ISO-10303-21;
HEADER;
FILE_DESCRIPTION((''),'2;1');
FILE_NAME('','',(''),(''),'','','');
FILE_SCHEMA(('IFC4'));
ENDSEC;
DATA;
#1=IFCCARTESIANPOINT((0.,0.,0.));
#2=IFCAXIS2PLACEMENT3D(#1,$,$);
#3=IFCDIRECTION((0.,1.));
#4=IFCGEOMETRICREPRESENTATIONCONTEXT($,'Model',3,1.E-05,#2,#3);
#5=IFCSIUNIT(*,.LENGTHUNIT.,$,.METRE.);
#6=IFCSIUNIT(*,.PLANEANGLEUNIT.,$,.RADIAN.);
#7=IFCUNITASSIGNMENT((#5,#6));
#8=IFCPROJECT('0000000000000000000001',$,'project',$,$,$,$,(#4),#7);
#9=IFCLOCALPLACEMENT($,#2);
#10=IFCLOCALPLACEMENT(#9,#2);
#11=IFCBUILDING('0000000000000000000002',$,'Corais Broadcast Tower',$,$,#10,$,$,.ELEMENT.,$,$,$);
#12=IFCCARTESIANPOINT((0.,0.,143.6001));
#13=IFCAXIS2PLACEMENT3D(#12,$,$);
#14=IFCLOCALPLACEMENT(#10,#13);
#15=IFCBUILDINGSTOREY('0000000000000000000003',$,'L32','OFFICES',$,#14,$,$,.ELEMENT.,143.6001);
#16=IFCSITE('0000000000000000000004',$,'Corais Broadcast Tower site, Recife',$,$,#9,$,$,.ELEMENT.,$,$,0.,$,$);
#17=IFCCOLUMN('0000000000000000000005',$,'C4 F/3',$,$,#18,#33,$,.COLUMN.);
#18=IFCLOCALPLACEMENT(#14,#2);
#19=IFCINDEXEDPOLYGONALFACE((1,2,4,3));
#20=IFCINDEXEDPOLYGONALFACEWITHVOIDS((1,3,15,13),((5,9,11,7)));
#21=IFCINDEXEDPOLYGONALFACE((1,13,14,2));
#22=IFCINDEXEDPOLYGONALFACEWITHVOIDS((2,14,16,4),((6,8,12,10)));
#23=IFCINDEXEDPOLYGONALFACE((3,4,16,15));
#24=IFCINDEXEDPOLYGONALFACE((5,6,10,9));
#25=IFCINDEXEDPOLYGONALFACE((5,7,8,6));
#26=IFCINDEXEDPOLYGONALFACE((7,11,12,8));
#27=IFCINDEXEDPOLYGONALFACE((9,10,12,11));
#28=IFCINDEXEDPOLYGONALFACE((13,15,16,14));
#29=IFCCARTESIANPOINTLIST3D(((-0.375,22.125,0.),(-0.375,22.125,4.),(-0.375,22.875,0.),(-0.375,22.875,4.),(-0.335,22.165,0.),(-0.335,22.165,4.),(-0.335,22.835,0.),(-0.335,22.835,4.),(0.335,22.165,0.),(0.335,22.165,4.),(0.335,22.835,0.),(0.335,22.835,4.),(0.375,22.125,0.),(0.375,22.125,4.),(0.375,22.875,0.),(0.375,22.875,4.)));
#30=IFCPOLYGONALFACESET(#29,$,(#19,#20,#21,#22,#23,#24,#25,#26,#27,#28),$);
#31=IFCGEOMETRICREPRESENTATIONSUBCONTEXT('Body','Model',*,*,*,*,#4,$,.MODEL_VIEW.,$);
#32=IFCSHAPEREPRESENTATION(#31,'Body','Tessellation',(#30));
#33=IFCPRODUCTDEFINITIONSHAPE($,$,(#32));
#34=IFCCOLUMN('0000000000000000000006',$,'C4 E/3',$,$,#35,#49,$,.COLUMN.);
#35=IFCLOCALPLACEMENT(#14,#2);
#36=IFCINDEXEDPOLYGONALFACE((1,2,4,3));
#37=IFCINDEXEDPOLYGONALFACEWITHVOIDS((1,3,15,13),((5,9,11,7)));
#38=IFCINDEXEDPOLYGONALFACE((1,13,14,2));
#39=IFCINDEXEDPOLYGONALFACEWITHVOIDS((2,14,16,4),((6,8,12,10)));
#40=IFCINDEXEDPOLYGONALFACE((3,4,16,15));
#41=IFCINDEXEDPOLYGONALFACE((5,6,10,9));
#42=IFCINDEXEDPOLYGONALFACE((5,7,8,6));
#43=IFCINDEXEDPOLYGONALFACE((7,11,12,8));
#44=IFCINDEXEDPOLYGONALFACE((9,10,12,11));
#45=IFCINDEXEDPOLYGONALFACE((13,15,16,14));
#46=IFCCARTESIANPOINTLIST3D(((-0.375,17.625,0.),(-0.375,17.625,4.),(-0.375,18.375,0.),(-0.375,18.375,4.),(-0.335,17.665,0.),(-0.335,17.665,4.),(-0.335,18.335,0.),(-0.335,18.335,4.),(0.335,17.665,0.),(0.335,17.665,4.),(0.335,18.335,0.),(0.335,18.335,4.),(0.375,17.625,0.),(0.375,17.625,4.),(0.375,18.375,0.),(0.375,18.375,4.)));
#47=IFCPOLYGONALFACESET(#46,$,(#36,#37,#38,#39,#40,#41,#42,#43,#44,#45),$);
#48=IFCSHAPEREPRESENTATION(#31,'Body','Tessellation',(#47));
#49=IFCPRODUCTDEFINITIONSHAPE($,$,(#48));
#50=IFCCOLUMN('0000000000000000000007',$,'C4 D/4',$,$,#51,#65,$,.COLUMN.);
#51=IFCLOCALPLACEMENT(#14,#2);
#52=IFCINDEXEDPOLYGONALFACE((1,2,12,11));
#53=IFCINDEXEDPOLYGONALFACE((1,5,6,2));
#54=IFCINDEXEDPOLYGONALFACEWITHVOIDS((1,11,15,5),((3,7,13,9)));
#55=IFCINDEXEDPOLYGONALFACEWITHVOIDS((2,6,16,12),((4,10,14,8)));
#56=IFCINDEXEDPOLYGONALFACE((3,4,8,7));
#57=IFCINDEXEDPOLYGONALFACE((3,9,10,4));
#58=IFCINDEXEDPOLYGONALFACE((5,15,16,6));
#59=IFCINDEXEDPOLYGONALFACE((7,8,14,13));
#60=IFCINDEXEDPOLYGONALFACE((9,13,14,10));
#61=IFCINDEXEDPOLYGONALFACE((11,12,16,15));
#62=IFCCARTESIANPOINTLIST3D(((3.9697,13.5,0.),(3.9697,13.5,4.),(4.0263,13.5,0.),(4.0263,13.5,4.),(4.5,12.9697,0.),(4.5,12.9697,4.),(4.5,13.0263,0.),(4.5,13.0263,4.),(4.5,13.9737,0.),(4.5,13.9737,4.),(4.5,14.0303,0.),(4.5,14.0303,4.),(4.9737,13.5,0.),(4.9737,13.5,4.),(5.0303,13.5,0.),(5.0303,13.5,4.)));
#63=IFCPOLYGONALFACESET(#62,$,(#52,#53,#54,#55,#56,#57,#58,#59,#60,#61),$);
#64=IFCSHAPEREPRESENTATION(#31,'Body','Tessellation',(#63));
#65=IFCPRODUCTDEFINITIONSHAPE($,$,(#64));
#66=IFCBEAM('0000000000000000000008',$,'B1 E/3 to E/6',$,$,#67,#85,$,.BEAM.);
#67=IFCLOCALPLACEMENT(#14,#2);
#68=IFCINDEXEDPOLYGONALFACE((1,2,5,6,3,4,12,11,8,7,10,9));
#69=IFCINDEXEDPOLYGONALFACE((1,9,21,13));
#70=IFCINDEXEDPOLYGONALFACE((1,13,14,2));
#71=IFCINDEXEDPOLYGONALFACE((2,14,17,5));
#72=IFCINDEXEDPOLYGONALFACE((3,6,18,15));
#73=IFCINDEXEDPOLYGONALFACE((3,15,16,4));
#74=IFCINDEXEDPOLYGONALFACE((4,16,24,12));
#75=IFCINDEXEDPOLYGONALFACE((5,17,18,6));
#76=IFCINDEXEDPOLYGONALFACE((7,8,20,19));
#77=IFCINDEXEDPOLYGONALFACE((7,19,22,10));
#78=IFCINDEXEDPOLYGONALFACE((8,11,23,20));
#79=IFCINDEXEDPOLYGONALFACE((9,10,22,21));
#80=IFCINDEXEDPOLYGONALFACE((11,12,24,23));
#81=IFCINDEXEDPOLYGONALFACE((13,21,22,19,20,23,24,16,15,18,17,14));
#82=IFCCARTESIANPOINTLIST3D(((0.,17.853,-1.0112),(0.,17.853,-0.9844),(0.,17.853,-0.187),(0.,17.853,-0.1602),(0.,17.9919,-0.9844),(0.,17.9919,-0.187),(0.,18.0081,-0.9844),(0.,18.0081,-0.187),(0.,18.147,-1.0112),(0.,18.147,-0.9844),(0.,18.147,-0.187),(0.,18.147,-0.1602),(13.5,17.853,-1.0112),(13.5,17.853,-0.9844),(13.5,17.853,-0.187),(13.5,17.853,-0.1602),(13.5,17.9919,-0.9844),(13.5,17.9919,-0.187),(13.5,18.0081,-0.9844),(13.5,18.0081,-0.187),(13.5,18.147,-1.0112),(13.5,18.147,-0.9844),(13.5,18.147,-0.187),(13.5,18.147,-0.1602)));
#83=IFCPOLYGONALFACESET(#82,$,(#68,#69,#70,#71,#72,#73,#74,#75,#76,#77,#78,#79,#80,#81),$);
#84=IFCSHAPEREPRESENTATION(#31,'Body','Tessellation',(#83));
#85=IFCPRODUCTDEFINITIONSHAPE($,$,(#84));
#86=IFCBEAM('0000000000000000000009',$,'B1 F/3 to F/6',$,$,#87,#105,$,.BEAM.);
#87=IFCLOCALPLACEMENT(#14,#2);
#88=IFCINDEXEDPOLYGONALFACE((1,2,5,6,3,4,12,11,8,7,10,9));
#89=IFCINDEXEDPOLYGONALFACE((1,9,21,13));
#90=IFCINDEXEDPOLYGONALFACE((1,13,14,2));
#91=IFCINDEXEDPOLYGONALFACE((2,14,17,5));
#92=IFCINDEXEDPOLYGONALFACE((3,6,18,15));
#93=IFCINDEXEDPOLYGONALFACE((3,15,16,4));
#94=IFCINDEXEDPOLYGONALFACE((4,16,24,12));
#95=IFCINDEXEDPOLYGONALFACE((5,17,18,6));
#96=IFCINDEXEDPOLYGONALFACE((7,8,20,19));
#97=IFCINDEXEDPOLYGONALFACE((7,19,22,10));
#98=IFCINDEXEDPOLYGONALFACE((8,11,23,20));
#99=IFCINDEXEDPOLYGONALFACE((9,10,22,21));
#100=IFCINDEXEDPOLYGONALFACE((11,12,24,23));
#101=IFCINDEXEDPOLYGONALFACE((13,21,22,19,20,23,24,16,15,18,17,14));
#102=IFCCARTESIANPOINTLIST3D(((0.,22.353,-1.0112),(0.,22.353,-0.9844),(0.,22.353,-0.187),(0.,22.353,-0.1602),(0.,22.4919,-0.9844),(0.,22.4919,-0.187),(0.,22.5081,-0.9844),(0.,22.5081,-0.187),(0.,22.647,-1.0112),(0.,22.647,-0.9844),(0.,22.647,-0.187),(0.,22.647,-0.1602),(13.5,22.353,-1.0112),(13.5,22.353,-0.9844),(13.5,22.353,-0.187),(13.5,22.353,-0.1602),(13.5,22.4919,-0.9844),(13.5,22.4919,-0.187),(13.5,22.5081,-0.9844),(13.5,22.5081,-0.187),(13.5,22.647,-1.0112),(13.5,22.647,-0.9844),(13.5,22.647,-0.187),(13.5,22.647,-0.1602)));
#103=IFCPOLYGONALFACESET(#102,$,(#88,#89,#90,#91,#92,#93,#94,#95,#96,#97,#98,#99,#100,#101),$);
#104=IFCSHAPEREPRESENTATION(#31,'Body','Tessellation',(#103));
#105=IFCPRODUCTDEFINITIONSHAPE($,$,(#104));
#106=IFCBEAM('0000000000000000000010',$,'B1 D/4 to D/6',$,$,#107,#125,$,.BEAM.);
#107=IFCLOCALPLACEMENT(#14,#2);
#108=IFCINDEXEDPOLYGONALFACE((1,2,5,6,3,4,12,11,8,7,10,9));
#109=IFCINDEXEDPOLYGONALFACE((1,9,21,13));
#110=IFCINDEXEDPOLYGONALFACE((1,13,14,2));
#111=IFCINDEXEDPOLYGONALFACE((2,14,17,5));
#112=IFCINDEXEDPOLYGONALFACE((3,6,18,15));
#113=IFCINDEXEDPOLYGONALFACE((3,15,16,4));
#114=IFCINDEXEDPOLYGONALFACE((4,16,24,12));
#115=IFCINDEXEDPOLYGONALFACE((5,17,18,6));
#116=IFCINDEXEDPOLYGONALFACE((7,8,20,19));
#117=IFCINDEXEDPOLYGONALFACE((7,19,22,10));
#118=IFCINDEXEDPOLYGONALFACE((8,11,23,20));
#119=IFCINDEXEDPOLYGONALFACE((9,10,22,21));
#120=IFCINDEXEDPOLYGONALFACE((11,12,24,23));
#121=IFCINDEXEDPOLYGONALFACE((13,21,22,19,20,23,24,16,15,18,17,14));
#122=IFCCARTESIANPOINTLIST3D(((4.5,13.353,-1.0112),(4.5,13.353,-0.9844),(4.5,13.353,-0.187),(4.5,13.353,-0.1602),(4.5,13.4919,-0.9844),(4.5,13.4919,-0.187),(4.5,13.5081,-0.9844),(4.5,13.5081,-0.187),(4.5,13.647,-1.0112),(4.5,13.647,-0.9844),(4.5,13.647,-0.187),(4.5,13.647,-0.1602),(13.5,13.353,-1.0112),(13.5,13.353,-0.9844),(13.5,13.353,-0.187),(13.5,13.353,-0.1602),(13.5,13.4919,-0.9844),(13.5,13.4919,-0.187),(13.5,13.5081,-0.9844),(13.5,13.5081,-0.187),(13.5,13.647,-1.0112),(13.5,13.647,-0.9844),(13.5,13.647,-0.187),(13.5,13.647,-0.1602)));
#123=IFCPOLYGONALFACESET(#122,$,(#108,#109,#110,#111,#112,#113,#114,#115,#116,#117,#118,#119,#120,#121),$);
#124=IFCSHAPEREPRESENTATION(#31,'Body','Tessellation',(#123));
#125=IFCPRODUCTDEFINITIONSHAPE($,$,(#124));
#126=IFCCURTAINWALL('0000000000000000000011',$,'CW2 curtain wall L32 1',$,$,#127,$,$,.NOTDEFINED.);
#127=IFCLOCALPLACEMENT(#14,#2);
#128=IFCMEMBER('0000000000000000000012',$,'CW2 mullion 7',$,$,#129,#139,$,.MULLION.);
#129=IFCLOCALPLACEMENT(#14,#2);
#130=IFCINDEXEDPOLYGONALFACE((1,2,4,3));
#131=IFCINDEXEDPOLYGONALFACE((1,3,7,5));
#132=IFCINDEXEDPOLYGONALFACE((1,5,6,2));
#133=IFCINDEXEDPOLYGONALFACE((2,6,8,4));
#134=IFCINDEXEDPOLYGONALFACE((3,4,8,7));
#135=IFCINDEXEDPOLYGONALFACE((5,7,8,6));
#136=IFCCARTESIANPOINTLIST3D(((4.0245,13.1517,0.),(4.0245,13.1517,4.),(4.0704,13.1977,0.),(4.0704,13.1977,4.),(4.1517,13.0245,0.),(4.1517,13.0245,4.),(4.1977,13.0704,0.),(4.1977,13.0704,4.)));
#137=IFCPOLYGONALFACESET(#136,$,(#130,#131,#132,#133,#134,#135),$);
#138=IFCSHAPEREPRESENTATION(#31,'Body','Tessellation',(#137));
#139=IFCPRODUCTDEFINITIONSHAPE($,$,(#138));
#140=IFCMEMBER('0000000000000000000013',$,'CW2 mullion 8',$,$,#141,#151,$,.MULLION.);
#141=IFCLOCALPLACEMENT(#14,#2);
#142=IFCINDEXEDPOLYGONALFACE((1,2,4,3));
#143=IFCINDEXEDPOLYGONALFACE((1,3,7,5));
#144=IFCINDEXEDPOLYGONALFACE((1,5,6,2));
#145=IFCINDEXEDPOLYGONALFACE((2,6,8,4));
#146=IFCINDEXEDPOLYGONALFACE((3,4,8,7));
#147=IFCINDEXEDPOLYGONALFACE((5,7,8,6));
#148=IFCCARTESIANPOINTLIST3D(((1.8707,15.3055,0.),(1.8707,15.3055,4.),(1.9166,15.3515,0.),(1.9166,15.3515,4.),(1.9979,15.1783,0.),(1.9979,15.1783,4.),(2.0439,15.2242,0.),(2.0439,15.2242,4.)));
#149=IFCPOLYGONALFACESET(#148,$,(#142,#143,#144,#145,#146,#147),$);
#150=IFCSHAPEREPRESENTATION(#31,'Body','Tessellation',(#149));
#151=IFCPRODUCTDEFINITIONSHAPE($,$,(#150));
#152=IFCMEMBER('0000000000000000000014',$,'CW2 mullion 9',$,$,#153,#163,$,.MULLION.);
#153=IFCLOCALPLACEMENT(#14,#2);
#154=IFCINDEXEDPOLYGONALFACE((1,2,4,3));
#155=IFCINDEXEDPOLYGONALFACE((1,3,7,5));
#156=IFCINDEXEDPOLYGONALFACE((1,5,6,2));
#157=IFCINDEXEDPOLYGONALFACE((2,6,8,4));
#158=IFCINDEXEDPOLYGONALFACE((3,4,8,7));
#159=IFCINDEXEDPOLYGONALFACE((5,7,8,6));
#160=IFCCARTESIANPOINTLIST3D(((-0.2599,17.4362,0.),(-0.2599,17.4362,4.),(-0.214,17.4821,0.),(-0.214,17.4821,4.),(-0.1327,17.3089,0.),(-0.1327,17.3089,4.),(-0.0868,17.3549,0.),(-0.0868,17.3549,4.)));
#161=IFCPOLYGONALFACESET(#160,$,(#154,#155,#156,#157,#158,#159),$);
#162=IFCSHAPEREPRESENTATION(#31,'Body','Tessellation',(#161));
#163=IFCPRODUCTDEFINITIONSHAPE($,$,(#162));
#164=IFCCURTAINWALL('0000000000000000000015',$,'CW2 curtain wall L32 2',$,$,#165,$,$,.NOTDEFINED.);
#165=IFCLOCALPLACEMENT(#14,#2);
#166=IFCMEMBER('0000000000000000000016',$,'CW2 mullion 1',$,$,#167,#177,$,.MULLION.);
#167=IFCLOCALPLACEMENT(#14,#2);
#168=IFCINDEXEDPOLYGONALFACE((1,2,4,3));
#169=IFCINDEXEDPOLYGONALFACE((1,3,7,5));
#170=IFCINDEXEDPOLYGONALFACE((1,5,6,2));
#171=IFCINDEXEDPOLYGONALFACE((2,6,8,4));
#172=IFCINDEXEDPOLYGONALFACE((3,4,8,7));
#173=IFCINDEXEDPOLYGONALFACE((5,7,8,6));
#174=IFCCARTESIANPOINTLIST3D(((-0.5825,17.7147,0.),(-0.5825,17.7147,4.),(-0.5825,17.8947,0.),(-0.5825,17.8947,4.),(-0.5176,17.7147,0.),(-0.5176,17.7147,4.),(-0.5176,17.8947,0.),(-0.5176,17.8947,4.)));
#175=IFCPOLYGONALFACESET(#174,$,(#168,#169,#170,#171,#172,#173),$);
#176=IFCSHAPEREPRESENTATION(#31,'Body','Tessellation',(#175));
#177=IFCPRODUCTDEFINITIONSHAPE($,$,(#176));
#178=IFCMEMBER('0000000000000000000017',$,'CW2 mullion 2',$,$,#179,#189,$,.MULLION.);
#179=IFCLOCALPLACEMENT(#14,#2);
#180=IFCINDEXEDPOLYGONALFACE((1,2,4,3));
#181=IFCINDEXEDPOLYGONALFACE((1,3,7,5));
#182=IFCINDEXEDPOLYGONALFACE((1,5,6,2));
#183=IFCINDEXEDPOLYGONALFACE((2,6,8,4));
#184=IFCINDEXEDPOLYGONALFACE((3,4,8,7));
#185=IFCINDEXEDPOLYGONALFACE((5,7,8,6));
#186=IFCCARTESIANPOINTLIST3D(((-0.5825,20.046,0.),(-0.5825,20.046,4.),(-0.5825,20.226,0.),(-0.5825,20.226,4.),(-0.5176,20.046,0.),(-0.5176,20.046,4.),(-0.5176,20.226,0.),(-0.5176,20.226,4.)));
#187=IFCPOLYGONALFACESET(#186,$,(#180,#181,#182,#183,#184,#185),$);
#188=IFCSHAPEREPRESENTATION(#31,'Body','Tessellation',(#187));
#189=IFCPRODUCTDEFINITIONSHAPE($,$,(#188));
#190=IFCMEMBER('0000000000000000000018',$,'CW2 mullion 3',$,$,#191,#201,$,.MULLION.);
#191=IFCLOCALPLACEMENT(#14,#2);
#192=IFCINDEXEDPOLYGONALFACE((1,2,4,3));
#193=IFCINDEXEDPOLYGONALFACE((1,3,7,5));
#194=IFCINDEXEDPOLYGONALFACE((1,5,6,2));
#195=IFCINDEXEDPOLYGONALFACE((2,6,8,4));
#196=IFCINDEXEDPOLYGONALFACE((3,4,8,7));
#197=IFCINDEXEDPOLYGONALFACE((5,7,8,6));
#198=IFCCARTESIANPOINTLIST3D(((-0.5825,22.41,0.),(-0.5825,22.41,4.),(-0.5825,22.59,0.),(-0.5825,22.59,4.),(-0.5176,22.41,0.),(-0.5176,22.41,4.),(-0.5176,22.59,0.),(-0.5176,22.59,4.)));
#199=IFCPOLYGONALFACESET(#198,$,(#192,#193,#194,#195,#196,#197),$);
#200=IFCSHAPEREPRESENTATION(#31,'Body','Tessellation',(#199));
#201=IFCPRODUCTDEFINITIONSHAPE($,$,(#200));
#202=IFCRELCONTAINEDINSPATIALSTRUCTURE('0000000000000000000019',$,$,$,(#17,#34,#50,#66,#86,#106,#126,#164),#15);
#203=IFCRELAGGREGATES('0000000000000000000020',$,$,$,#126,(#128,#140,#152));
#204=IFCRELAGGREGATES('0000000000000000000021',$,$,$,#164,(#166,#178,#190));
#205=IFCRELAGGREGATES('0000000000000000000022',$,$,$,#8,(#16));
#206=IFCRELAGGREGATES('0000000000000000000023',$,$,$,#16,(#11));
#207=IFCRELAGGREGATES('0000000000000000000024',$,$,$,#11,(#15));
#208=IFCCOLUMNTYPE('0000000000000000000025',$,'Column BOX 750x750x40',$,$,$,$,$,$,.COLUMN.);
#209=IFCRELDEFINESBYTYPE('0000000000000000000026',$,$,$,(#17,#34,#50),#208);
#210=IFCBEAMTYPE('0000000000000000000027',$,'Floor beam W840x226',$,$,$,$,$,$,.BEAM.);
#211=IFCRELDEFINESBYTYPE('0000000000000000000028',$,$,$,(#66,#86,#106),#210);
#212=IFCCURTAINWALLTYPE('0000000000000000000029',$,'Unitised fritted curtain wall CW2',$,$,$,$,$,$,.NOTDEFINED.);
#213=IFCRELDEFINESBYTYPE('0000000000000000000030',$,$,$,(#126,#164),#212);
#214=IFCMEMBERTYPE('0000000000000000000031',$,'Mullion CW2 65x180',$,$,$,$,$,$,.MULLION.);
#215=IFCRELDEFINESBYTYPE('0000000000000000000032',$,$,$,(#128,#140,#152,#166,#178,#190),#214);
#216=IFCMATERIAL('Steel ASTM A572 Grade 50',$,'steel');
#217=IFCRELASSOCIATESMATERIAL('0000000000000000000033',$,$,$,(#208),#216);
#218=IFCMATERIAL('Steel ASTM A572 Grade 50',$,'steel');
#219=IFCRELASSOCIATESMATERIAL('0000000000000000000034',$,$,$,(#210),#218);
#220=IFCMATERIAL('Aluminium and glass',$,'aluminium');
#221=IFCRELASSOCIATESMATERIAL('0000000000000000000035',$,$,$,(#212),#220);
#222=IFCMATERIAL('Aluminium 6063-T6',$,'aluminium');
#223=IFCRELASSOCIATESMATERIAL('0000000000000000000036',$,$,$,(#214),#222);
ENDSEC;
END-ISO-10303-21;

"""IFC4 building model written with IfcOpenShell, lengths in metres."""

from ifc_helpers import new_model, si_unit, direction, frame, origin, origin_2d, place, context, subcontext, project, spatial, rectangle, hollow_rectangle, i_section, extrude, material, material_profile, profile_set, type_object, element, aggregate, save


model = new_model("IFC4")

# Units and contexts
model_context = context("Model", 3, precision=1e-05, world=origin(), true_north=direction((0.0, 1.0)))
body_context = subcontext(model_context, "Body", "Model", "MODEL_VIEW")
ifc_project = project(units=[si_unit("LENGTHUNIT", "METRE"), si_unit("PLANEANGLEUNIT", "RADIAN")], contexts=[model_context])

# Site, building, storey
site_placement = place(None, origin())
site = spatial("IfcSite", under=ifc_project, at=site_placement, Name="Corais Broadcast Tower site, Recife", CompositionType="ELEMENT", RefElevation=0.0)
building_placement = place(site_placement, origin())
building = spatial("IfcBuilding", under=site, at=building_placement, Name="Corais Broadcast Tower", CompositionType="ELEMENT")
storey_placement = place(building_placement, frame((0.0, 0.0, 143.6001)))
storey = spatial("IfcBuildingStorey", under=building, at=storey_placement, Name="L32", Description="OFFICES", CompositionType="ELEMENT", Elevation=143.6001)

# Columns
ifc_material_1 = material(Name="Steel ASTM A572 Grade 50", Category="steel")
ifc_material_profile_1 = material_profile(ifc_material_1, hollow_rectangle(XDim=0.75, YDim=0.75, WallThickness=0.04, at=origin_2d()), Name="BOX 750x750x40")
ifc_profile_set_1 = profile_set([ifc_material_profile_1], Name="Steel ASTM A572 Grade 50")
column_type = type_object("IfcColumnType", Name="Column BOX 750x750x40", PredefinedType="COLUMN", material=ifc_profile_set_1)
for number, where, z_axis, x_axis, name in (
    (1, (0.0, 22.5, 0.0), (0.0, 0.0, 1.0), (1.0, 0.0, 0.0), "C4 F/3"),
    (2, (0.0, 18.0, 0.0), (0.0, 0.0, 1.0), (1.0, 0.0, 0.0), "C4 E/3"),
    (3, (4.5, 13.5, 0.0), (0.0, 0.0, 1.0), (0.707107, 0.707107, 0.0), "C4 D/4"),
):
    element("IfcColumn", number, at=place(storey_placement, frame(where, z_axis=z_axis, x_axis=x_axis)), inside=storey, type_object=column_type, Name=name, PredefinedType="COLUMN", context=body_context, shape_type="SweptSolid", body=[
        extrude(hollow_rectangle(XDim=0.75, YDim=0.75, WallThickness=0.04, at=origin_2d()), origin(), (0.0, 0.0, 1.0), 4.0),
    ])

# Beams
ifc_material_2 = material(Name="Steel ASTM A572 Grade 50", Category="steel")
ifc_material_profile_2 = material_profile(ifc_material_2, i_section(OverallWidth=0.2939, OverallDepth=0.8511, WebThickness=0.0161, FlangeThickness=0.0269, at=origin_2d()), Name="W840x226")
ifc_profile_set_2 = profile_set([ifc_material_profile_2], Name="Steel ASTM A572 Grade 50")
beam_type_1 = type_object("IfcBeamType", Name="Floor beam W840x226", PredefinedType="BEAM", material=ifc_profile_set_2)
for number, where, z_axis, x_axis, name in (
    (4, (0.0, 18.0, -0.5857), (1.0, 0.0, 0.0), (0.0, 1.0, 0.0), "B1 E/3 to E/6"),
    (5, (0.0, 22.5, -0.5857), (1.0, 0.0, 0.0), (0.0, 1.0, 0.0), "B1 F/3 to F/6"),
):
    element("IfcBeam", number, at=place(storey_placement, frame(where, z_axis=z_axis, x_axis=x_axis)), inside=storey, type_object=beam_type_1, Name=name, PredefinedType="BEAM", context=body_context, shape_type="SweptSolid", body=[
        extrude(i_section(OverallWidth=0.2939, OverallDepth=0.8511, WebThickness=0.0161, FlangeThickness=0.0269, at=origin_2d()), origin(), (0.0, 0.0, 1.0), 13.5),
    ])
beam_1_placement = place(storey_placement, frame((4.5, 13.5, -0.5857), z_axis=(1.0, 0.0, 0.0), x_axis=(0.0, 1.0, 0.0)))
element("IfcBeam", 6, at=beam_1_placement, inside=storey, type_object=beam_type_1, Name="B1 D/4 to D/6", PredefinedType="BEAM", context=body_context, shape_type="SweptSolid", body=[
    extrude(i_section(OverallWidth=0.2939, OverallDepth=0.8511, WebThickness=0.0161, FlangeThickness=0.0269, at=origin_2d()), origin(), (0.0, 0.0, 1.0), 9.0),
])

# Curtain walls, members
ifc_material_3 = material(Name="Aluminium and glass", Category="aluminium")
curtain_wall_type = type_object("IfcCurtainWallType", Name="Unitised fritted curtain wall CW2", PredefinedType="NOTDEFINED", material=ifc_material_3)
curtain_wall_1_placement = place(storey_placement, origin())
curtain_wall_1 = element("IfcCurtainWall", 7, at=curtain_wall_1_placement, inside=storey, type_object=curtain_wall_type, Name="CW2 curtain wall L32 1", PredefinedType="NOTDEFINED")
ifc_material_4 = material(Name="Aluminium 6063-T6", Category="aluminium")
ifc_material_profile_3 = material_profile(ifc_material_4, rectangle(XDim=0.0649, YDim=0.1799, at=origin_2d()), Name="Mullion CW2 65x180")
ifc_profile_set_3 = profile_set([ifc_material_profile_3], Name="Aluminium 6063-T6")
member_type_1 = type_object("IfcMemberType", Name="Mullion CW2 65x180", PredefinedType="MULLION", material=ifc_profile_set_3)
member_1_placement = place(storey_placement, frame((4.1111, 13.1111, 0.0), z_axis=(0.0, 0.0, 1.0), x_axis=(-0.707107, -0.707107, 0.0)))
member_1 = element("IfcMember", 8, at=member_1_placement, type_object=member_type_1, Name="CW2 mullion 7", PredefinedType="MULLION", context=body_context, shape_type="SweptSolid", body=[
    extrude(rectangle(XDim=0.0649, YDim=0.1799, at=origin_2d()), origin(), (0.0, 0.0, 1.0), 4.0),
])
member_2_placement = place(storey_placement, frame((1.9573, 15.2649, 0.0), z_axis=(0.0, 0.0, 1.0), x_axis=(-0.707107, -0.707107, 0.0)))
member_2 = element("IfcMember", 9, at=member_2_placement, type_object=member_type_1, Name="CW2 mullion 8", PredefinedType="MULLION", context=body_context, shape_type="SweptSolid", body=[
    extrude(rectangle(XDim=0.0649, YDim=0.1799, at=origin_2d()), origin(), (0.0, 0.0, 1.0), 4.0),
])
member_3_placement = place(storey_placement, frame((-0.1733, 17.3955, 0.0), z_axis=(0.0, 0.0, 1.0), x_axis=(-0.707107, -0.707107, 0.0)))
member_3 = element("IfcMember", 10, at=member_3_placement, type_object=member_type_1, Name="CW2 mullion 9", PredefinedType="MULLION", context=body_context, shape_type="SweptSolid", body=[
    extrude(rectangle(XDim=0.0649, YDim=0.1799, at=origin_2d()), origin(), (0.0, 0.0, 1.0), 4.0),
])
curtain_wall_2_placement = place(storey_placement, origin())
curtain_wall_2 = element("IfcCurtainWall", 11, at=curtain_wall_2_placement, inside=storey, type_object=curtain_wall_type, Name="CW2 curtain wall L32 2", PredefinedType="NOTDEFINED")
member_4_placement = place(storey_placement, frame((-0.55, 17.8047, 0.0), z_axis=(0.0, 0.0, 1.0), x_axis=(-1.0, 0.0, 0.0)))
member_4 = element("IfcMember", 12, at=member_4_placement, type_object=member_type_1, Name="CW2 mullion 1", PredefinedType="MULLION", context=body_context, shape_type="SweptSolid", body=[
    extrude(rectangle(XDim=0.0649, YDim=0.1799, at=origin_2d()), origin(), (0.0, 0.0, 1.0), 4.0),
])
member_5_placement = place(storey_placement, frame((-0.55, 20.136, 0.0), z_axis=(0.0, 0.0, 1.0), x_axis=(-1.0, 0.0, 0.0)))
member_5 = element("IfcMember", 13, at=member_5_placement, type_object=member_type_1, Name="CW2 mullion 2", PredefinedType="MULLION", context=body_context, shape_type="SweptSolid", body=[
    extrude(rectangle(XDim=0.0649, YDim=0.1799, at=origin_2d()), origin(), (0.0, 0.0, 1.0), 4.0),
])
member_6_placement = place(storey_placement, frame((-0.55, 22.5, 0.0), z_axis=(0.0, 0.0, 1.0), x_axis=(-1.0, 0.0, 0.0)))
member_6 = element("IfcMember", 14, at=member_6_placement, type_object=member_type_1, Name="CW2 mullion 3", PredefinedType="MULLION", context=body_context, shape_type="SweptSolid", body=[
    extrude(rectangle(XDim=0.0649, YDim=0.1799, at=origin_2d()), origin(), (0.0, 0.0, 1.0), 4.0),
])

aggregate(curtain_wall_1, [member_1, member_2, member_3])
aggregate(curtain_wall_2, [member_4, member_5, member_6])

save(model, "model.ifc")
